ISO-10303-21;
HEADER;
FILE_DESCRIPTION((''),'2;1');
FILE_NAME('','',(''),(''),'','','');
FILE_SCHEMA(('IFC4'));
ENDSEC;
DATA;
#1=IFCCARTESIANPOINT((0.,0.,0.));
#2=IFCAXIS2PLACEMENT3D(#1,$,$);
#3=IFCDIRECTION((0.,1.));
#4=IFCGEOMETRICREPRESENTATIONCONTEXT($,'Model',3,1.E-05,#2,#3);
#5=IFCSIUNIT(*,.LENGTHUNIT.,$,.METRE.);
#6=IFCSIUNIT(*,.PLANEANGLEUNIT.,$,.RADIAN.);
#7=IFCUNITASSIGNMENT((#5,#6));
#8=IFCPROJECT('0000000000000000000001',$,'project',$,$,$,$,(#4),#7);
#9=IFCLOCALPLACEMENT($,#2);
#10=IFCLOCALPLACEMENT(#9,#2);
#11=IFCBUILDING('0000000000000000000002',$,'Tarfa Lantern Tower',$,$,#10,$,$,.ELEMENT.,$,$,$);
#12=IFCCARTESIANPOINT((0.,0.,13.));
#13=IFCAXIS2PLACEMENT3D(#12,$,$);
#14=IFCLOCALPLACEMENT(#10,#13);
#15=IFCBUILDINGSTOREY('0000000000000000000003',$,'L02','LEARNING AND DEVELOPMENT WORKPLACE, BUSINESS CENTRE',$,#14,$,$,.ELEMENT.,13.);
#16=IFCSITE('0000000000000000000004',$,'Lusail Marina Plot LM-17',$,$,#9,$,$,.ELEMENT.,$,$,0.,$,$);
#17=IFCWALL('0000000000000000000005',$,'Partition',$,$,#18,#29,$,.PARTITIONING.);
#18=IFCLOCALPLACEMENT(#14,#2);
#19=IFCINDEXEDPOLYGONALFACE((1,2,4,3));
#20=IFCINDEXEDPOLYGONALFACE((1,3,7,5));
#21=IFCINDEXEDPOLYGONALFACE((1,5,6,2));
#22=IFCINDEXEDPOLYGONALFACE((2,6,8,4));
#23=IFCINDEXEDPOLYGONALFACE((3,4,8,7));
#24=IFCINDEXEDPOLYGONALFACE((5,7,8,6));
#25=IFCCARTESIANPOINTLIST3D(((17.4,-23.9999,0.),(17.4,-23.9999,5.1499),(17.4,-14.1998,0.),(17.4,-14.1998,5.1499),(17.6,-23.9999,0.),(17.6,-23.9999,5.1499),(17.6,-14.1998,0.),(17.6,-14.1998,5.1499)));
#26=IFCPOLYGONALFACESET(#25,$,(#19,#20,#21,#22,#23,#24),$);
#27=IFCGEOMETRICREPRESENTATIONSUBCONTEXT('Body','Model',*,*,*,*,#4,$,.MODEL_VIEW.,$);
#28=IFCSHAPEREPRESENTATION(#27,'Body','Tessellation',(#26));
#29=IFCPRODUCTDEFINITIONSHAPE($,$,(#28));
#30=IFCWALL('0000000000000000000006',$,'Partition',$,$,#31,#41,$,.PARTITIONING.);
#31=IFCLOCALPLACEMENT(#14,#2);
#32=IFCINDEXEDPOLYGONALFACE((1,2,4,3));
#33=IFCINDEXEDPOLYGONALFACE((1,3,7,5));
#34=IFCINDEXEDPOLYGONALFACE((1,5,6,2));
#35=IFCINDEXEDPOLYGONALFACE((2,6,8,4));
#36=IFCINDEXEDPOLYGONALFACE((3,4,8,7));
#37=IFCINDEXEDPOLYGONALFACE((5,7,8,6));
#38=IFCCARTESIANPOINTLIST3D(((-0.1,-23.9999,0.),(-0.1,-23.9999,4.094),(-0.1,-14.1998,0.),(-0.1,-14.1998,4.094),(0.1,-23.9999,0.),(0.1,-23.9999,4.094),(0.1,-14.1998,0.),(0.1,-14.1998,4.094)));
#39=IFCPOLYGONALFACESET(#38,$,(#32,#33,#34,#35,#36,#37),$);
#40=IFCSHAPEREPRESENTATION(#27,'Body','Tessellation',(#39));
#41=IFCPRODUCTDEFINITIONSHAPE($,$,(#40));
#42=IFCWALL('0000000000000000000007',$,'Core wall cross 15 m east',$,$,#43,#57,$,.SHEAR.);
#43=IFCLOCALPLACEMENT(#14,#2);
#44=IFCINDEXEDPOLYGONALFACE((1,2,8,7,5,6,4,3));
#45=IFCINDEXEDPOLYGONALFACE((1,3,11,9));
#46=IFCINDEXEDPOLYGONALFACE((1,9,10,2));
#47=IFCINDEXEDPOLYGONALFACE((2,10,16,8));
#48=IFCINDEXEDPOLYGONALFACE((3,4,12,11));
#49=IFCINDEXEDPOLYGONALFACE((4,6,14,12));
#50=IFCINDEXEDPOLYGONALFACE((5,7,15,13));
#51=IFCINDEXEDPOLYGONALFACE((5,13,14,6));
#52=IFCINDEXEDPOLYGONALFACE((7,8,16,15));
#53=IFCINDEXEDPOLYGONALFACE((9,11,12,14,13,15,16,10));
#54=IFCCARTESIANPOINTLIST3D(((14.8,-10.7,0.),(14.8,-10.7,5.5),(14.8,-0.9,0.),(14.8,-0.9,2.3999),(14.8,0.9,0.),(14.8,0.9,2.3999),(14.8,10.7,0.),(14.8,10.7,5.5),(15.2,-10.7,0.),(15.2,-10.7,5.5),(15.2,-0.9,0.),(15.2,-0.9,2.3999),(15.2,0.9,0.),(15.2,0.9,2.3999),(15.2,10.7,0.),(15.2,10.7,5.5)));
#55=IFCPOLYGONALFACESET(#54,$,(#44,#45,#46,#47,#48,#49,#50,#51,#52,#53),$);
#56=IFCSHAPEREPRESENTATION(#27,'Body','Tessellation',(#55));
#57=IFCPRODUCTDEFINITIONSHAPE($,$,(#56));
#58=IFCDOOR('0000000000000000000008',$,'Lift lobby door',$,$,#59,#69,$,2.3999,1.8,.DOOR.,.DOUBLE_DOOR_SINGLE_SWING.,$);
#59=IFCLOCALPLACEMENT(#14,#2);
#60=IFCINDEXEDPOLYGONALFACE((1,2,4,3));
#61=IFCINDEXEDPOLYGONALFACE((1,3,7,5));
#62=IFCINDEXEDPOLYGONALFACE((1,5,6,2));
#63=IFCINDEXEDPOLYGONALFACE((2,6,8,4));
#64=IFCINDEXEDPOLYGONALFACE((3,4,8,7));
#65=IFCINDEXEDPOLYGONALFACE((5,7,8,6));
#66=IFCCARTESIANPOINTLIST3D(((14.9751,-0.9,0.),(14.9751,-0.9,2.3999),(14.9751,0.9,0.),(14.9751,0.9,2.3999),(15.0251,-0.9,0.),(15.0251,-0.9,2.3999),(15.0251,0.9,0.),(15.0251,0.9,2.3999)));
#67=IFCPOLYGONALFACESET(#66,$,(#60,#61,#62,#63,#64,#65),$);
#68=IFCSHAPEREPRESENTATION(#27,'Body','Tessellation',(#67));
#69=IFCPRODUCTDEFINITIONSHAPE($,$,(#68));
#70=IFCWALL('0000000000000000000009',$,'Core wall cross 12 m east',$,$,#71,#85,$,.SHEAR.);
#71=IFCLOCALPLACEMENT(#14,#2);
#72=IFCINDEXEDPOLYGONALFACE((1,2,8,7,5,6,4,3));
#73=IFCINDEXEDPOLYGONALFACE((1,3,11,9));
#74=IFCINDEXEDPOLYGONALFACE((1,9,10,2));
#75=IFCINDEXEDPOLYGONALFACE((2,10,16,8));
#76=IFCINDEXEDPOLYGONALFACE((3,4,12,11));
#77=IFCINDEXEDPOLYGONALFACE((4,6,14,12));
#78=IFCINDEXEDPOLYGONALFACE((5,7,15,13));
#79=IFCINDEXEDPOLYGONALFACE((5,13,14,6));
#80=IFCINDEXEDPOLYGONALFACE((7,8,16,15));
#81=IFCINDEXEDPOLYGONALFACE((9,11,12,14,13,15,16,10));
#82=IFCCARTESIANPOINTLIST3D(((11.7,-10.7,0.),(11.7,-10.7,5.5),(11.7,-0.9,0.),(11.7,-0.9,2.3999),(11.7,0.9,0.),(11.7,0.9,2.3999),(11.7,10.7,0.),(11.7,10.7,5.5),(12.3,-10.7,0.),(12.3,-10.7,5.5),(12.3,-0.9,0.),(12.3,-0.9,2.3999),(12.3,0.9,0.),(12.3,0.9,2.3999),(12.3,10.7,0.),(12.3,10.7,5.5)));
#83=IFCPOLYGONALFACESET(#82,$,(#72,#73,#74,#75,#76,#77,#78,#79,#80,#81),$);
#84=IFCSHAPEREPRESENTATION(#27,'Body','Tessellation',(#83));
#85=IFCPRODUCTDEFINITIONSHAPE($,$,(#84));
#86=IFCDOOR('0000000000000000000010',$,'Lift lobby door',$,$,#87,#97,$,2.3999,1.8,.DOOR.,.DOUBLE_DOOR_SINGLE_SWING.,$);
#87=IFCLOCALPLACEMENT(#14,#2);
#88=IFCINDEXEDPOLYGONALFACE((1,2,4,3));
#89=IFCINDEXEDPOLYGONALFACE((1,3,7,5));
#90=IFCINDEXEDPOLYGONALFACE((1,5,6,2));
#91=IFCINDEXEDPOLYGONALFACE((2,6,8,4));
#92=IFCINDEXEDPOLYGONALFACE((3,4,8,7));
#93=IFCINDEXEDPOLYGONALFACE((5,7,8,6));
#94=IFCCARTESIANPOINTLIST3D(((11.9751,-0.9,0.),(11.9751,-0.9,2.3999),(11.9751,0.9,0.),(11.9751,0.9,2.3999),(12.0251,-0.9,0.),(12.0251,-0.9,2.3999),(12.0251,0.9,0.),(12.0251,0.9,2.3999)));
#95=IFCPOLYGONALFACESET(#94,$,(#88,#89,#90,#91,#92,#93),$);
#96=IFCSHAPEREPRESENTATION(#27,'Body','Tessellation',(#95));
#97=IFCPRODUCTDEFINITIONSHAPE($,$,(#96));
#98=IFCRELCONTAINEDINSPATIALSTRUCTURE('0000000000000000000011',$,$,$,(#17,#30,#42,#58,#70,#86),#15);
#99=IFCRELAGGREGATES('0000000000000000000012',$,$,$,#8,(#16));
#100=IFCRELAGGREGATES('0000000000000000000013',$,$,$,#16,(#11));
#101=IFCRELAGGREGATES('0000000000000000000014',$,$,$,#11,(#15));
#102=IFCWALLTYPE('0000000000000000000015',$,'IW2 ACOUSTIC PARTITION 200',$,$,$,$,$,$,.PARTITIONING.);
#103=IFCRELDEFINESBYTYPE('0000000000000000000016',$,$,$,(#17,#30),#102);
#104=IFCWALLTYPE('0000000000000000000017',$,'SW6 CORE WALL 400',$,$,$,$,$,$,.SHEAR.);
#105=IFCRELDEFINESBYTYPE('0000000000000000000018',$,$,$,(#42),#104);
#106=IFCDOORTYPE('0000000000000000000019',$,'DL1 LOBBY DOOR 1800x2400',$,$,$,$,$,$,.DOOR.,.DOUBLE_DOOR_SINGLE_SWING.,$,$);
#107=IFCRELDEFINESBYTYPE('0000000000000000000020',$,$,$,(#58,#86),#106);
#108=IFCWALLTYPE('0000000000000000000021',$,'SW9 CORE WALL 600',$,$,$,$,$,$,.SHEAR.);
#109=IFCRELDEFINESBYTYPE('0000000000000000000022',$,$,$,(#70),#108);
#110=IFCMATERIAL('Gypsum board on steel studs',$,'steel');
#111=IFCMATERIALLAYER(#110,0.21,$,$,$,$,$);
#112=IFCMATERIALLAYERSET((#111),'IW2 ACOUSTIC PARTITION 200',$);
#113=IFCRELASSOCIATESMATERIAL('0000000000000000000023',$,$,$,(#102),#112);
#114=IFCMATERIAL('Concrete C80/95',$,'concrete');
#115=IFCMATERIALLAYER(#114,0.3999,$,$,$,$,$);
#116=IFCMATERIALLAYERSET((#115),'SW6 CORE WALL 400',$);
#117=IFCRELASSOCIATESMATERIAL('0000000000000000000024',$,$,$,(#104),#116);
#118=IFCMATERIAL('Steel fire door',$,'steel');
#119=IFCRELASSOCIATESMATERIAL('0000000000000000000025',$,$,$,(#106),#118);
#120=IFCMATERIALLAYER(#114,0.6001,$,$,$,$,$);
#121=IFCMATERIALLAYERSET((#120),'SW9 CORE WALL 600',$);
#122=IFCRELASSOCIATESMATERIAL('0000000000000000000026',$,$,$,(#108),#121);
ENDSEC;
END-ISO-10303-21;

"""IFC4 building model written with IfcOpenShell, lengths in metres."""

from ifc_helpers import new_model, si_unit, direction, frame, frame_2d, origin, place, context, subcontext, project, spatial, rectangle, extrude, material, layer, layer_set, type_object, element, fill, save


model = new_model("IFC4")

# Units and contexts
model_context = context("Model", 3, precision=1e-05, world=origin(), true_north=direction((0.0, 1.0)))
body_context = subcontext(model_context, "Body", "Model", "MODEL_VIEW")
ifc_project = project(units=[si_unit("LENGTHUNIT", "METRE"), si_unit("PLANEANGLEUNIT", "RADIAN")], contexts=[model_context])

# Site, building, storey
site_placement = place(None, origin())
site = spatial("IfcSite", under=ifc_project, at=site_placement, Name="Lusail Marina Plot LM-17", CompositionType="ELEMENT", RefElevation=0.0)
building_placement = place(site_placement, origin())
building = spatial("IfcBuilding", under=site, at=building_placement, Name="Tarfa Lantern Tower", CompositionType="ELEMENT")
storey_placement = place(building_placement, frame((0.0, 0.0, 13.0)))
storey = spatial("IfcBuildingStorey", under=building, at=storey_placement, Name="L02", Description="LEARNING AND DEVELOPMENT WORKPLACE, BUSINESS CENTRE", CompositionType="ELEMENT", Elevation=13.0)

# Walls
ifc_material_1 = material(Name="Gypsum board on steel studs", Category="steel")
ifc_layer_1 = layer(ifc_material_1, 0.21)
ifc_layer_set_1 = layer_set([ifc_layer_1], Name="IW2 ACOUSTIC PARTITION 200")
wall_type_1 = type_object("IfcWallType", Name="IW2 ACOUSTIC PARTITION 200", PredefinedType="PARTITIONING", material=ifc_layer_set_1)
wall_1_placement = place(storey_placement, frame((17.5, -14.2, 0.0), z_axis=(0.0, 0.0, 1.0), x_axis=(0.0, -1.0, 0.0)))
element("IfcWall", 1, at=wall_1_placement, inside=storey, type_object=wall_type_1, Name="Partition", PredefinedType="PARTITIONING", context=body_context, shape_type="SweptSolid", body=[
    extrude(rectangle(XDim=9.8, YDim=0.2, at=frame_2d((4.8999, 0.0))), origin(), (0.0, 0.0, 1.0), 5.1499),
])
wall_2_placement = place(storey_placement, frame((0.0, -14.2, 0.0), z_axis=(0.0, 0.0, 1.0), x_axis=(0.0, -1.0, 0.0)))
element("IfcWall", 2, at=wall_2_placement, inside=storey, type_object=wall_type_1, Name="Partition", PredefinedType="PARTITIONING", context=body_context, shape_type="SweptSolid", body=[
    extrude(rectangle(XDim=9.8, YDim=0.2, at=frame_2d((4.8999, 0.0))), origin(), (0.0, 0.0, 1.0), 4.094),
])

# Walls, openings, doors
ifc_material_2 = material(Name="Concrete C80/95", Category="concrete")
ifc_layer_2 = layer(ifc_material_2, 0.3999)
ifc_layer_set_2 = layer_set([ifc_layer_2], Name="SW6 CORE WALL 400")
wall_type_2 = type_object("IfcWallType", Name="SW6 CORE WALL 400", PredefinedType="SHEAR", material=ifc_layer_set_2)
wall_3_placement = place(storey_placement, frame((15.0, -10.7, 0.0), z_axis=(0.0, 0.0, 1.0), x_axis=(0.0, 1.0, 0.0)))
wall_3 = element("IfcWall", 3, at=wall_3_placement, inside=storey, type_object=wall_type_2, Name="Core wall cross 15 m east", PredefinedType="SHEAR", context=body_context, shape_type="SweptSolid", body=[
    extrude(rectangle(XDim=21.3999, YDim=0.3999, at=frame_2d((10.7, 0.0))), origin(), (0.0, 0.0, 1.0), 5.5),
])
opening_1_placement = place(wall_3_placement, frame((9.8, 0.0, 0.0)))
opening_1 = element("IfcOpeningElement", 4, at=opening_1_placement, cuts=wall_3, PredefinedType="OPENING", context=body_context, shape_type="SweptSolid", body=[
    extrude(rectangle(XDim=1.8, YDim=2.3999, at=frame_2d((0.8999, 1.2))), frame((0.0, 0.21, 0.0), z_axis=(0.0, -1.0, 0.0), x_axis=(1.0, 0.0, 0.0)), (0.0, 0.0, 1.0), 0.4199),
])
ifc_material_3 = material(Name="Steel fire door", Category="steel")
door_type = type_object("IfcDoorType", Name="DL1 LOBBY DOOR 1800x2400", OperationType="DOUBLE_DOOR_SINGLE_SWING", PredefinedType="DOOR", material=ifc_material_3)
door_1_placement = place(opening_1_placement, origin())
door_1 = element("IfcDoor", 5, at=door_1_placement, inside=storey, type_object=door_type, Name="Lift lobby door", OperationType="DOUBLE_DOOR_SINGLE_SWING", OverallHeight=2.3999, OverallWidth=1.8, PredefinedType="DOOR", context=body_context, shape_type="SweptSolid", body=[
    extrude(rectangle(XDim=1.8, YDim=2.3999, at=frame_2d((0.8999, 1.2))), frame((0.0, 0.0249, 0.0), z_axis=(0.0, -1.0, 0.0), x_axis=(1.0, 0.0, 0.0)), (0.0, 0.0, 1.0), 0.05),
])
fill(opening_1, door_1)
ifc_layer_3 = layer(ifc_material_2, 0.6001)
ifc_layer_set_3 = layer_set([ifc_layer_3], Name="SW9 CORE WALL 600")
wall_type_3 = type_object("IfcWallType", Name="SW9 CORE WALL 600", PredefinedType="SHEAR", material=ifc_layer_set_3)
wall_4_placement = place(storey_placement, frame((12.0, -10.7, 0.0), z_axis=(0.0, 0.0, 1.0), x_axis=(0.0, 1.0, 0.0)))
wall_4 = element("IfcWall", 6, at=wall_4_placement, inside=storey, type_object=wall_type_3, Name="Core wall cross 12 m east", PredefinedType="SHEAR", context=body_context, shape_type="SweptSolid", body=[
    extrude(rectangle(XDim=21.3999, YDim=0.6001, at=frame_2d((10.7, 0.0))), origin(), (0.0, 0.0, 1.0), 5.5),
])
opening_2_placement = place(wall_4_placement, frame((9.8, 0.0, 0.0)))
opening_2 = element("IfcOpeningElement", 7, at=opening_2_placement, cuts=wall_4, PredefinedType="OPENING", context=body_context, shape_type="SweptSolid", body=[
    extrude(rectangle(XDim=1.8, YDim=2.3999, at=frame_2d((0.8999, 1.2))), frame((0.0, 0.3101, 0.0), z_axis=(0.0, -1.0, 0.0), x_axis=(1.0, 0.0, 0.0)), (0.0, 0.0, 1.0), 0.6201),
])
door_2_placement = place(opening_2_placement, origin())
door_2 = element("IfcDoor", 8, at=door_2_placement, inside=storey, type_object=door_type, Name="Lift lobby door", OperationType="DOUBLE_DOOR_SINGLE_SWING", OverallHeight=2.3999, OverallWidth=1.8, PredefinedType="DOOR", context=body_context, shape_type="SweptSolid", body=[
    extrude(rectangle(XDim=1.8, YDim=2.3999, at=frame_2d((0.8999, 1.2))), frame((0.0, 0.0249, 0.0), z_axis=(0.0, -1.0, 0.0), x_axis=(1.0, 0.0, 0.0)), (0.0, 0.0, 1.0), 0.05),
])
fill(opening_2, door_2)

save(model, "model.ifc")
